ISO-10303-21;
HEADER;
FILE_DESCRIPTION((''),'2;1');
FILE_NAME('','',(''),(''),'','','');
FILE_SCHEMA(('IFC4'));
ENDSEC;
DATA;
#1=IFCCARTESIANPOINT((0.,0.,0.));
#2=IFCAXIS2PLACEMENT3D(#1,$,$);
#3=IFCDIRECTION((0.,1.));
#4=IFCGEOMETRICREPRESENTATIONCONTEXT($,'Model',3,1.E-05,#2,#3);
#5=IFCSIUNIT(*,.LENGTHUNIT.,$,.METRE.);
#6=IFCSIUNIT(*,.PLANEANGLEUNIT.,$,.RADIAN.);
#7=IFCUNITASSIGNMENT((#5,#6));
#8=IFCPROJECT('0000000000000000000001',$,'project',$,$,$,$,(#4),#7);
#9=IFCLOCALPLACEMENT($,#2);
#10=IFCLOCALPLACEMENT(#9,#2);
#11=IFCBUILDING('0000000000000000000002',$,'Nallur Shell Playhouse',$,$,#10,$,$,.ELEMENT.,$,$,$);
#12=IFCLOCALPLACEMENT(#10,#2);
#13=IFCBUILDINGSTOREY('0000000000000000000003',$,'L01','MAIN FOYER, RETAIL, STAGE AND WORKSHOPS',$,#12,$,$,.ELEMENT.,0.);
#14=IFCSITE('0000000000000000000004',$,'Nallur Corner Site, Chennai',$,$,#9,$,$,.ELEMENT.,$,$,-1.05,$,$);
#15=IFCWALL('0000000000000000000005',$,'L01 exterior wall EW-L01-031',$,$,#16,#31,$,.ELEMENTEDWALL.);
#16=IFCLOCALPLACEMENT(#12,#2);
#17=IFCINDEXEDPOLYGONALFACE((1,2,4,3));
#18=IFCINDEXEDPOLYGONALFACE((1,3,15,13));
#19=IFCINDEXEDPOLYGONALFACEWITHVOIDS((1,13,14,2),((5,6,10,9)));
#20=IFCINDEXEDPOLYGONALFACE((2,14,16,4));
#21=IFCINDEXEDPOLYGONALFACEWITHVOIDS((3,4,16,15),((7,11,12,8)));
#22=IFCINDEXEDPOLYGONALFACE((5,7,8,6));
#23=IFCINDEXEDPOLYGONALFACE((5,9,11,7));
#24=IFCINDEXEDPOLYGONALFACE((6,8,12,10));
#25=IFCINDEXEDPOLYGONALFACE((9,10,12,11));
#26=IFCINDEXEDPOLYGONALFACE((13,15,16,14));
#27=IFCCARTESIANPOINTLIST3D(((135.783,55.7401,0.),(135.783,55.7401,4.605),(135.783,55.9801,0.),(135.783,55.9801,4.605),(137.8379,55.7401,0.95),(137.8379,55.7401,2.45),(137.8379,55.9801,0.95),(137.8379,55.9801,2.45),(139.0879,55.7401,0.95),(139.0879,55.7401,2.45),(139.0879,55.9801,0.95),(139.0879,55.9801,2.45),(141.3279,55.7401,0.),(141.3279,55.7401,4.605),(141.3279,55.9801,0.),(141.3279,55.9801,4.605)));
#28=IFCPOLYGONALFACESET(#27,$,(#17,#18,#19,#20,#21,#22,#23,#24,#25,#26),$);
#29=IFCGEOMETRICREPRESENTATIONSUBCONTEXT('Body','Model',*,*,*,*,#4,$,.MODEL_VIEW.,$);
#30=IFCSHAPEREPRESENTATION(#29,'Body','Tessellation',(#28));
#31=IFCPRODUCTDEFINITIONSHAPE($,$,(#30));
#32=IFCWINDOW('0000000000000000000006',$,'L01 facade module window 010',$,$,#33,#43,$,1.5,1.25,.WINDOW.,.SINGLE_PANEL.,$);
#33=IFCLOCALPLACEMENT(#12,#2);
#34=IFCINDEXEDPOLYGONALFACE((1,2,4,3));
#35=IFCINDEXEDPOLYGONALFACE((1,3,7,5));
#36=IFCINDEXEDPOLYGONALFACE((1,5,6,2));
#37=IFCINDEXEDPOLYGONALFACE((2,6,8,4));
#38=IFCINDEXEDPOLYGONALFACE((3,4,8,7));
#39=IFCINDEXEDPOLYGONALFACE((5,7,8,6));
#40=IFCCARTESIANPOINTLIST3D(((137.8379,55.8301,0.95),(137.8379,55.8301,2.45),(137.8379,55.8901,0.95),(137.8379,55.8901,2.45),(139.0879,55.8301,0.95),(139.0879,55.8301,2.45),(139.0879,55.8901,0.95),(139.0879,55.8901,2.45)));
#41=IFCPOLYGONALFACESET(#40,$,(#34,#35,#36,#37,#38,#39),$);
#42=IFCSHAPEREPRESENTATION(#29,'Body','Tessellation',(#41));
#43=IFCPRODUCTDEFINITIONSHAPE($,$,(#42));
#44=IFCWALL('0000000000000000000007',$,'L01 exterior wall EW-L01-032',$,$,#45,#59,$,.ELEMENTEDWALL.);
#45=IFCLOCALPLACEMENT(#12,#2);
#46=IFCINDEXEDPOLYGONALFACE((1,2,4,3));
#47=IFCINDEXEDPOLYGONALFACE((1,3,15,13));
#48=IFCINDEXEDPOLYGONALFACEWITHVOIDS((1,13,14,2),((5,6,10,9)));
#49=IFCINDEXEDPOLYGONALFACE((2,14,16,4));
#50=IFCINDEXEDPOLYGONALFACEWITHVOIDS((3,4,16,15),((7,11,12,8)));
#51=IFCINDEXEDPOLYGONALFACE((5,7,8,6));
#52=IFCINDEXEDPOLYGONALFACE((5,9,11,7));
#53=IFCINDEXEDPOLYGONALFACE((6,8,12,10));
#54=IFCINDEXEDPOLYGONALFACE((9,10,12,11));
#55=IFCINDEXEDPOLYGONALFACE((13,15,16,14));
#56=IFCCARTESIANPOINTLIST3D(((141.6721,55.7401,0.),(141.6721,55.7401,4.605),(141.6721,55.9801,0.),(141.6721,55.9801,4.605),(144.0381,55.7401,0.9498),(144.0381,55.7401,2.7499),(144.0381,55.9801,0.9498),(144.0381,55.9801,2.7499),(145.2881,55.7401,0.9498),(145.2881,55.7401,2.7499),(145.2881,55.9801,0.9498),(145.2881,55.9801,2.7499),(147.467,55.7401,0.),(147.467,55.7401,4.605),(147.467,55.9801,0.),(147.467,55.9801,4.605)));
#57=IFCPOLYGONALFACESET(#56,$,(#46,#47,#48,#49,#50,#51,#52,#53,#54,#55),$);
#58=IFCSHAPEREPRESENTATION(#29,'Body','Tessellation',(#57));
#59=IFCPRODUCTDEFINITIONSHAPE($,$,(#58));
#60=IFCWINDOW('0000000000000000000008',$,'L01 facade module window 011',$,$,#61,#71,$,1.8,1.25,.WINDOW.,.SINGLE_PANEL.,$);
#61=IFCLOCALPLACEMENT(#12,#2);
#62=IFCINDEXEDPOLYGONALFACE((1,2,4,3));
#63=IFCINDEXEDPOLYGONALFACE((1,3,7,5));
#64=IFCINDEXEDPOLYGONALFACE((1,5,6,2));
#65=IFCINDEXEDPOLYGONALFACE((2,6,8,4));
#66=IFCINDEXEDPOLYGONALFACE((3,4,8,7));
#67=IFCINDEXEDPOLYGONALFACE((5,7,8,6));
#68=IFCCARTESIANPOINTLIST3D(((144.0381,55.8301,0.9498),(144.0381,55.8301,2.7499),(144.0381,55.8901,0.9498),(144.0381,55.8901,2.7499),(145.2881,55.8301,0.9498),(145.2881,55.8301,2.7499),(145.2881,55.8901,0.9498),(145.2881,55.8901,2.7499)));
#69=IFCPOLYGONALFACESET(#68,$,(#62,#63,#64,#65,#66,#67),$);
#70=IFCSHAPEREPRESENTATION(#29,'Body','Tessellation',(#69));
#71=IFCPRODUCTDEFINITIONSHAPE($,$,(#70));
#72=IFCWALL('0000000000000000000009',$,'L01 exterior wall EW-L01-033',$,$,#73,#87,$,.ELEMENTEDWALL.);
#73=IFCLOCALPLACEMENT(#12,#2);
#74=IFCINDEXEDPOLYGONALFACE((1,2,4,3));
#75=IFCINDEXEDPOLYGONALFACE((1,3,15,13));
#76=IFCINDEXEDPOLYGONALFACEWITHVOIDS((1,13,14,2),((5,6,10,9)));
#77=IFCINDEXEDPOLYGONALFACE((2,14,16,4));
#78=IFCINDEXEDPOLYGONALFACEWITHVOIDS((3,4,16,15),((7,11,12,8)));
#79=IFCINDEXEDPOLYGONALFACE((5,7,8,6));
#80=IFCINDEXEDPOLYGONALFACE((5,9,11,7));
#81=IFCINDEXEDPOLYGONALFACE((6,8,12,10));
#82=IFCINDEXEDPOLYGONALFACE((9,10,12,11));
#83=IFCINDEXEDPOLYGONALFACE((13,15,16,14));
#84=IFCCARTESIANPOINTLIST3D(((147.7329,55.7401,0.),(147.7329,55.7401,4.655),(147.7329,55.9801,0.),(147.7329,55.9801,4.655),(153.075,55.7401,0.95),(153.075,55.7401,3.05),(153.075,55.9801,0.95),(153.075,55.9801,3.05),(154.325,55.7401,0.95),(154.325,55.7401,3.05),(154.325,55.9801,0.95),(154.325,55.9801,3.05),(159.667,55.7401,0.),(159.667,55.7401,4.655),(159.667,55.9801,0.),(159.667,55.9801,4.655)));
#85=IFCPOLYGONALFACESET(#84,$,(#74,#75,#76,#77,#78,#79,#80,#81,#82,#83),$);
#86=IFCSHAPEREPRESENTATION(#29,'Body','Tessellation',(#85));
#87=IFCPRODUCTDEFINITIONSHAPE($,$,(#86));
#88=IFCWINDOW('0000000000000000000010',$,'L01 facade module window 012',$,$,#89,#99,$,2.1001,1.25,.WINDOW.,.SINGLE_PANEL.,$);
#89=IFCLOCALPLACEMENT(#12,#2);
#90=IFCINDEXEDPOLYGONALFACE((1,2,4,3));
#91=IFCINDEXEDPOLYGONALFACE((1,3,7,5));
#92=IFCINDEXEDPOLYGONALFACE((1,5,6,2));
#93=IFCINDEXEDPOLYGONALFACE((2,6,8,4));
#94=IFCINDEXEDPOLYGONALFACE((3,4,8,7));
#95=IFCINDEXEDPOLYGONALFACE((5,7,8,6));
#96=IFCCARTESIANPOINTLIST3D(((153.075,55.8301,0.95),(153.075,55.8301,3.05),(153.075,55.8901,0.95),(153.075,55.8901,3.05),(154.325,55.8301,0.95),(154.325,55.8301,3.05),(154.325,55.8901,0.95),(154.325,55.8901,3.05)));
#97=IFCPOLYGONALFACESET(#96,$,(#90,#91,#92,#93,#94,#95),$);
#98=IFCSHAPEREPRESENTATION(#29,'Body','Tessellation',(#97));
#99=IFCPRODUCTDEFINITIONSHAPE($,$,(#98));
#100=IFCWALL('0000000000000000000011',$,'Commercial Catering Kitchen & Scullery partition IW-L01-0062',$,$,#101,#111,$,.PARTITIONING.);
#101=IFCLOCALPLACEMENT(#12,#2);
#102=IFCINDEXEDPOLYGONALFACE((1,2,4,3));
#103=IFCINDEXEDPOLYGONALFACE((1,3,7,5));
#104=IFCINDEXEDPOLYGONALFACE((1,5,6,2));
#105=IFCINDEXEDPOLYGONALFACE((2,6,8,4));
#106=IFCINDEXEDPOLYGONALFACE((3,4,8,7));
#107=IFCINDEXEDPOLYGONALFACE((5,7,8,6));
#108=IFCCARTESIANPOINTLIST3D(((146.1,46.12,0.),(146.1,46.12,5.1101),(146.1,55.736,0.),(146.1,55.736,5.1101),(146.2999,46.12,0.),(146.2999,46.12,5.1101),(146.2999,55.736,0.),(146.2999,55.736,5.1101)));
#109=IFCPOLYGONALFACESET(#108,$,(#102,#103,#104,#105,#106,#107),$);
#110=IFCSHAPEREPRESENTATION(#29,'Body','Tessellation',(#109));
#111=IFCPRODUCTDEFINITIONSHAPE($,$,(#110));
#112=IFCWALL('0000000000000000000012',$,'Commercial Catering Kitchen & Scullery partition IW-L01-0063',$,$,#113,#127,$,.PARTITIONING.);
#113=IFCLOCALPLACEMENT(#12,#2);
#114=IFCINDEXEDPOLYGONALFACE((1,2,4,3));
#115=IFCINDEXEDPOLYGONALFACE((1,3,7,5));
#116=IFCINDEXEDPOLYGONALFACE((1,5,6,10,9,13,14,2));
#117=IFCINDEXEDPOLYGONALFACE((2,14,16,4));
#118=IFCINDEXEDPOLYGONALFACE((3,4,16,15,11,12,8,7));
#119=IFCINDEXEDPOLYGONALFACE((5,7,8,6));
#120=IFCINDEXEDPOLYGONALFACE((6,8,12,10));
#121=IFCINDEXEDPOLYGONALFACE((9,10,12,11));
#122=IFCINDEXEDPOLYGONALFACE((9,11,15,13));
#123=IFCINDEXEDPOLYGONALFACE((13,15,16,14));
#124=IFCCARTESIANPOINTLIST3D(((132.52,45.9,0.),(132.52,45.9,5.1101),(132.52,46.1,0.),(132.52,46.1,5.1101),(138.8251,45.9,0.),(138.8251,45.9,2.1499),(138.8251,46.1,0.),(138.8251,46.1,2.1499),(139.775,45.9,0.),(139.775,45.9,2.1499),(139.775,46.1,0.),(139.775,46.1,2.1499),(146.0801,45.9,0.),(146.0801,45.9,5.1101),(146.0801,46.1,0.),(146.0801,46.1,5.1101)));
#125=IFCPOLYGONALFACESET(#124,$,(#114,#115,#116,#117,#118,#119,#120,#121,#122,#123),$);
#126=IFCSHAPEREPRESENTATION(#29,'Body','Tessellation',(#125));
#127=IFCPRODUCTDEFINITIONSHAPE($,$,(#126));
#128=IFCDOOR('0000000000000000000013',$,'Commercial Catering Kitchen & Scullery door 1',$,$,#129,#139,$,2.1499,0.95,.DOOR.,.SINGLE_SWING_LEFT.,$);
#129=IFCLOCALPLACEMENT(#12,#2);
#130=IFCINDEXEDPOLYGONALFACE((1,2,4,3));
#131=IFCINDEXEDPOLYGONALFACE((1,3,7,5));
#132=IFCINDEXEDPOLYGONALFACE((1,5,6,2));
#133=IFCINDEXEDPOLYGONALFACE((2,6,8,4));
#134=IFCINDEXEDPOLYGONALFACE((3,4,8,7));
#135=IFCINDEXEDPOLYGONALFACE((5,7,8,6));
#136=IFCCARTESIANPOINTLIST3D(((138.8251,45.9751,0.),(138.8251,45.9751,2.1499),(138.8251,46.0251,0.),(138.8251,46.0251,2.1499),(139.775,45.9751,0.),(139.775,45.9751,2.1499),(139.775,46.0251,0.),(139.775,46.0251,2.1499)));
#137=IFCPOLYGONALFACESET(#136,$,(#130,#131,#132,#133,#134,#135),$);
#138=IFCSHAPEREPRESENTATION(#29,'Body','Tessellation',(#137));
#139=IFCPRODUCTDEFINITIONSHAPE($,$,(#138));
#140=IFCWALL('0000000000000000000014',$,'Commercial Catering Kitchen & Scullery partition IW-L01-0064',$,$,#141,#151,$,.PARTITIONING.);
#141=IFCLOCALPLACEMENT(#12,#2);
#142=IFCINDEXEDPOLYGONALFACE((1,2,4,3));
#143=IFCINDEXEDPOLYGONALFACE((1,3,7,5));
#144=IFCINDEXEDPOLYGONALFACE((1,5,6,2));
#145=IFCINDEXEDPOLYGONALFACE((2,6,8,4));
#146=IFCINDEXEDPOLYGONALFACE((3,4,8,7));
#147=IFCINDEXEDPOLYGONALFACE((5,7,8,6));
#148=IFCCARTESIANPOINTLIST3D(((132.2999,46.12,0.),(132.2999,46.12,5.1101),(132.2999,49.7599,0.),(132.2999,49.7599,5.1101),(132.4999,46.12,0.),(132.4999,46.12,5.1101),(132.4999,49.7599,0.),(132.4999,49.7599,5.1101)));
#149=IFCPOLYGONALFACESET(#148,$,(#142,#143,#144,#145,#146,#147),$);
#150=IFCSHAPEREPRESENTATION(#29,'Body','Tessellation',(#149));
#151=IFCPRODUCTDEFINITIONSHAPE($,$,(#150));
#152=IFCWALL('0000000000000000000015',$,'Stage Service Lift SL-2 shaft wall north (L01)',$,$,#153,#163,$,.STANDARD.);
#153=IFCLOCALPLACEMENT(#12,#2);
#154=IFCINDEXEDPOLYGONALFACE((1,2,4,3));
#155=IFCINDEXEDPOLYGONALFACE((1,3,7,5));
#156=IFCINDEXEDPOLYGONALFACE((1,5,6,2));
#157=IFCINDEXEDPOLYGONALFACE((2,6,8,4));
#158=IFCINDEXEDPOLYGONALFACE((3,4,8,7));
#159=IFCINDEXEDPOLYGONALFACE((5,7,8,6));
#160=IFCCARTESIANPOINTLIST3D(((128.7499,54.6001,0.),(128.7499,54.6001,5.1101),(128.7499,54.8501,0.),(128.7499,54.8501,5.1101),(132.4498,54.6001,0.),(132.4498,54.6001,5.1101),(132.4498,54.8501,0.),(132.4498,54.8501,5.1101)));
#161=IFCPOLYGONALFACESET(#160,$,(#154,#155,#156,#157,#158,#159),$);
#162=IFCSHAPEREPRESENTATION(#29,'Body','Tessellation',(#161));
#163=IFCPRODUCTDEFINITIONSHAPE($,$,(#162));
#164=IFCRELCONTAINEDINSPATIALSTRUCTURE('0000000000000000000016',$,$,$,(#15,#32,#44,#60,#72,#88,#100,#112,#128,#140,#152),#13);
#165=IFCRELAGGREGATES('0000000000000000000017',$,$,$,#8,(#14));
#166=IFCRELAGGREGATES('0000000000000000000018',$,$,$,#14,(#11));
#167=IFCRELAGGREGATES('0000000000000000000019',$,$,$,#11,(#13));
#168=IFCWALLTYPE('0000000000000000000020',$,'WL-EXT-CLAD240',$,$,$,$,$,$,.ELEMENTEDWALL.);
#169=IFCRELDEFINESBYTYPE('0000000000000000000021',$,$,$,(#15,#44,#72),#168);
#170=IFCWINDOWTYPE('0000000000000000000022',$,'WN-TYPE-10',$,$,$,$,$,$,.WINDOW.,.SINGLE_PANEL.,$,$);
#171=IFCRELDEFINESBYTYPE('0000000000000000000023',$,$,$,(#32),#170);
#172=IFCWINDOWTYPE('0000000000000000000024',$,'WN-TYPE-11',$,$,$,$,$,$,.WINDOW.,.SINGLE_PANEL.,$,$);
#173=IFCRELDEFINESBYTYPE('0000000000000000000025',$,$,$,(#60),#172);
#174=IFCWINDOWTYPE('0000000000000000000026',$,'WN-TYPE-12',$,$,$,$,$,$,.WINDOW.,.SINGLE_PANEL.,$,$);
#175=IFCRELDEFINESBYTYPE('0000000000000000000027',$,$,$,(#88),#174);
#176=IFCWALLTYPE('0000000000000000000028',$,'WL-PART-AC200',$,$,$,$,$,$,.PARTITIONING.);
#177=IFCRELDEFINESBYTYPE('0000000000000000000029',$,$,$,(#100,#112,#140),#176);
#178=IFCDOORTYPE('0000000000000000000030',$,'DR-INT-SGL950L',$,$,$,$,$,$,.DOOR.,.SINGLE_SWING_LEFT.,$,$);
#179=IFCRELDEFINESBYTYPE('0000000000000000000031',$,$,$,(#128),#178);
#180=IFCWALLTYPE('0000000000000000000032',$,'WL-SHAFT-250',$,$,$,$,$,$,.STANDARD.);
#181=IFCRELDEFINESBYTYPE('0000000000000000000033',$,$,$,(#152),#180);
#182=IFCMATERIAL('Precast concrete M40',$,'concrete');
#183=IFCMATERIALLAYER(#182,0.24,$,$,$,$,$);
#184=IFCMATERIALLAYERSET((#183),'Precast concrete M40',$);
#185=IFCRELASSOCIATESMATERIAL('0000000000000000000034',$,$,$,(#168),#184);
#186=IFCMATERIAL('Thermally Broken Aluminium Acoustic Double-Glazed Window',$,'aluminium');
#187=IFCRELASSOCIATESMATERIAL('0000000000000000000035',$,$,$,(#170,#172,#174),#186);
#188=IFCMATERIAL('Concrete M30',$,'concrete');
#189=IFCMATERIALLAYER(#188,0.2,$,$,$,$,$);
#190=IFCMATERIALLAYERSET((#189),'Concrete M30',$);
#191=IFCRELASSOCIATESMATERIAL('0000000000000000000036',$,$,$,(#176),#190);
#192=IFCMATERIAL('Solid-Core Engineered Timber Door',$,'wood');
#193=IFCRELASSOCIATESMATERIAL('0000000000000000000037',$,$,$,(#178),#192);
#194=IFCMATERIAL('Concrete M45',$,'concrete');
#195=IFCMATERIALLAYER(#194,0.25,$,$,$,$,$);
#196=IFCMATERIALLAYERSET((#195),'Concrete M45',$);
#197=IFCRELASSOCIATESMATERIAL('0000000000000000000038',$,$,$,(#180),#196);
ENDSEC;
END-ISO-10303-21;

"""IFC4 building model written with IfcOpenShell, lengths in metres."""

from ifc_helpers import new_model, si_unit, direction, frame, frame_2d, origin, place, context, subcontext, project, spatial, rectangle, extrude, material, layer, layer_set, type_object, element, fill, save


model = new_model("IFC4")

# Units and contexts
model_context = context("Model", 3, precision=1e-05, world=origin(), true_north=direction((0.0, 1.0)))
body_context = subcontext(model_context, "Body", "Model", "MODEL_VIEW")
ifc_project = project(units=[si_unit("LENGTHUNIT", "METRE"), si_unit("PLANEANGLEUNIT", "RADIAN")], contexts=[model_context])

# Site, building, storey
site_placement = place(None, origin())
site = spatial("IfcSite", under=ifc_project, at=site_placement, Name="Nallur Corner Site, Chennai", CompositionType="ELEMENT", RefElevation=-1.05)
building_placement = place(site_placement, origin())
building = spatial("IfcBuilding", under=site, at=building_placement, Name="Nallur Shell Playhouse", CompositionType="ELEMENT")
storey_placement = place(building_placement, origin())
storey = spatial("IfcBuildingStorey", under=building, at=storey_placement, Name="L01", Description="MAIN FOYER, RETAIL, STAGE AND WORKSHOPS", CompositionType="ELEMENT", Elevation=0.0)

# Shared definitions
ifc_material_1 = material(Name="Concrete M45", Category="concrete")

# Walls, openings, windows
ifc_material_2 = material(Name="Precast concrete M40", Category="concrete")
ifc_layer_1 = layer(ifc_material_2, 0.24)
ifc_layer_set_1 = layer_set([ifc_layer_1], Name="Precast concrete M40")
wall_type_1 = type_object("IfcWallType", Name="WL-EXT-CLAD240", PredefinedType="ELEMENTEDWALL", material=ifc_layer_set_1)
wall_1_placement = place(storey_placement, frame((135.783, 55.8601, 0.0), z_axis=(0.0, 0.0, 1.0), x_axis=(1.0, 0.0, 0.0)))
wall_1 = element("IfcWall", 1, at=wall_1_placement, inside=storey, type_object=wall_type_1, Name="L01 exterior wall EW-L01-031", PredefinedType="ELEMENTEDWALL", context=body_context, shape_type="SweptSolid", body=[
    extrude(rectangle(XDim=5.5449, YDim=0.24, at=frame_2d((2.7725, 0.0))), origin(), (0.0, 0.0, 1.0), 4.605),
])
opening_1_placement = place(wall_1_placement, frame((2.0549, 0.0, 0.95)))
opening_1 = element("IfcOpeningElement", 2, at=opening_1_placement, cuts=wall_1, PredefinedType="OPENING", context=body_context, shape_type="SweptSolid", body=[
    extrude(rectangle(XDim=1.25, YDim=1.5, at=frame_2d((0.625, 0.75))), frame((0.0, 0.1299, 0.0), z_axis=(0.0, -1.0, 0.0), x_axis=(1.0, 0.0, 0.0)), (0.0, 0.0, 1.0), 0.26),
])
ifc_material_3 = material(Name="Thermally Broken Aluminium Acoustic Double-Glazed Window", Category="aluminium")
window_type_1 = type_object("IfcWindowType", Name="WN-TYPE-10", PartitioningType="SINGLE_PANEL", PredefinedType="WINDOW", material=ifc_material_3)
window_1_placement = place(opening_1_placement, origin())
window_1 = element("IfcWindow", 3, at=window_1_placement, inside=storey, type_object=window_type_1, Name="L01 facade module window 010", OverallHeight=1.5, OverallWidth=1.25, PartitioningType="SINGLE_PANEL", PredefinedType="WINDOW", context=body_context, shape_type="SweptSolid", body=[
    extrude(rectangle(XDim=1.25, YDim=1.5, at=frame_2d((0.625, 0.75))), frame((0.0, 0.03, 0.0), z_axis=(0.0, -1.0, 0.0), x_axis=(1.0, 0.0, 0.0)), (0.0, 0.0, 1.0), 0.0601),
])
fill(opening_1, window_1)
wall_2_placement = place(storey_placement, frame((141.6721, 55.8601, 0.0), z_axis=(0.0, 0.0, 1.0), x_axis=(1.0, 0.0, 0.0)))
wall_2 = element("IfcWall", 4, at=wall_2_placement, inside=storey, type_object=wall_type_1, Name="L01 exterior wall EW-L01-032", PredefinedType="ELEMENTEDWALL", context=body_context, shape_type="SweptSolid", body=[
    extrude(rectangle(XDim=5.7949, YDim=0.24, at=frame_2d((2.8975, 0.0))), origin(), (0.0, 0.0, 1.0), 4.605),
])
opening_2_placement = place(wall_2_placement, frame((2.366, 0.0, 0.95)))
opening_2 = element("IfcOpeningElement", 5, at=opening_2_placement, cuts=wall_2, PredefinedType="OPENING", context=body_context, shape_type="SweptSolid", body=[
    extrude(rectangle(XDim=1.25, YDim=1.8, at=frame_2d((0.625, 0.8999))), frame((0.0, 0.1299, 0.0), z_axis=(0.0, -1.0, 0.0), x_axis=(1.0, 0.0, 0.0)), (0.0, 0.0, 1.0), 0.26),
])
window_type_2 = type_object("IfcWindowType", Name="WN-TYPE-11", PartitioningType="SINGLE_PANEL", PredefinedType="WINDOW", material=ifc_material_3)
window_2_placement = place(opening_2_placement, origin())
window_2 = element("IfcWindow", 6, at=window_2_placement, inside=storey, type_object=window_type_2, Name="L01 facade module window 011", OverallHeight=1.8, OverallWidth=1.25, PartitioningType="SINGLE_PANEL", PredefinedType="WINDOW", context=body_context, shape_type="SweptSolid", body=[
    extrude(rectangle(XDim=1.25, YDim=1.8, at=frame_2d((0.625, 0.8999))), frame((0.0, 0.03, 0.0), z_axis=(0.0, -1.0, 0.0), x_axis=(1.0, 0.0, 0.0)), (0.0, 0.0, 1.0), 0.0601),
])
fill(opening_2, window_2)
wall_3_placement = place(storey_placement, frame((147.7329, 55.8601, 0.0), z_axis=(0.0, 0.0, 1.0), x_axis=(1.0, 0.0, 0.0)))
wall_3 = element("IfcWall", 7, at=wall_3_placement, inside=storey, type_object=wall_type_1, Name="L01 exterior wall EW-L01-033", PredefinedType="ELEMENTEDWALL", context=body_context, shape_type="SweptSolid", body=[
    extrude(rectangle(XDim=11.9341, YDim=0.24, at=frame_2d((5.967, 0.0))), origin(), (0.0, 0.0, 1.0), 4.655),
])
opening_3_placement = place(wall_3_placement, frame((5.342, 0.0, 0.95)))
opening_3 = element("IfcOpeningElement", 8, at=opening_3_placement, cuts=wall_3, PredefinedType="OPENING", context=body_context, shape_type="SweptSolid", body=[
    extrude(rectangle(XDim=1.25, YDim=2.1001, at=frame_2d((0.625, 1.05))), frame((0.0, 0.1299, 0.0), z_axis=(0.0, -1.0, 0.0), x_axis=(1.0, 0.0, 0.0)), (0.0, 0.0, 1.0), 0.26),
])
window_type_3 = type_object("IfcWindowType", Name="WN-TYPE-12", PartitioningType="SINGLE_PANEL", PredefinedType="WINDOW", material=ifc_material_3)
window_3_placement = place(opening_3_placement, origin())
window_3 = element("IfcWindow", 9, at=window_3_placement, inside=storey, type_object=window_type_3, Name="L01 facade module window 012", OverallHeight=2.1001, OverallWidth=1.25, PartitioningType="SINGLE_PANEL", PredefinedType="WINDOW", context=body_context, shape_type="SweptSolid", body=[
    extrude(rectangle(XDim=1.25, YDim=2.1001, at=frame_2d((0.625, 1.05))), frame((0.0, 0.03, 0.0), z_axis=(0.0, -1.0, 0.0), x_axis=(1.0, 0.0, 0.0)), (0.0, 0.0, 1.0), 0.0601),
])
fill(opening_3, window_3)

# Wall
ifc_material_4 = material(Name="Concrete M30", Category="concrete")
ifc_layer_2 = layer(ifc_material_4, 0.2)
ifc_layer_set_2 = layer_set([ifc_layer_2], Name="Concrete M30")
wall_type_2 = type_object("IfcWallType", Name="WL-PART-AC200", PredefinedType="PARTITIONING", material=ifc_layer_set_2)
wall_4_placement = place(storey_placement, frame((146.2, 55.7361, 0.0), z_axis=(0.0, 0.0, 1.0), x_axis=(0.0, -1.0, 0.0)))
element("IfcWall", 10, at=wall_4_placement, inside=storey, type_object=wall_type_2, Name="Commercial Catering Kitchen & Scullery partition IW-L01-0062", PredefinedType="PARTITIONING", context=body_context, shape_type="SweptSolid", body=[
    extrude(rectangle(XDim=9.616, YDim=0.2, at=frame_2d((4.8081, 0.0))), origin(), (0.0, 0.0, 1.0), 5.1101),
])

# Wall, opening, door
wall_5_placement = place(storey_placement, frame((146.0801, 46.0, 0.0), z_axis=(0.0, 0.0, 1.0), x_axis=(-1.0, 0.0, 0.0)))
wall_5 = element("IfcWall", 11, at=wall_5_placement, inside=storey, type_object=wall_type_2, Name="Commercial Catering Kitchen & Scullery partition IW-L01-0063", PredefinedType="PARTITIONING", context=body_context, shape_type="SweptSolid", body=[
    extrude(rectangle(XDim=13.5601, YDim=0.2, at=frame_2d((6.78, 0.0))), origin(), (0.0, 0.0, 1.0), 5.1101),
])
opening_4_placement = place(wall_5_placement, frame((6.3049, 0.0, 0.0)))
opening_4 = element("IfcOpeningElement", 12, at=opening_4_placement, cuts=wall_5, PredefinedType="OPENING", context=body_context, shape_type="SweptSolid", body=[
    extrude(rectangle(XDim=0.95, YDim=2.1499, at=frame_2d((0.4751, 1.075))), frame((0.0, 0.1099, 0.0), z_axis=(0.0, -1.0, 0.0), x_axis=(1.0, 0.0, 0.0)), (0.0, 0.0, 1.0), 0.22),
])
ifc_material_5 = material(Name="Solid-Core Engineered Timber Door", Category="wood")
door_type_1 = type_object("IfcDoorType", Name="DR-INT-SGL950L", OperationType="SINGLE_SWING_LEFT", PredefinedType="DOOR", material=ifc_material_5)
door_1_placement = place(opening_4_placement, origin())
door_1 = element("IfcDoor", 13, at=door_1_placement, inside=storey, type_object=door_type_1, Name="Commercial Catering Kitchen & Scullery door 1", OperationType="SINGLE_SWING_LEFT", OverallHeight=2.1499, OverallWidth=0.95, PredefinedType="DOOR", context=body_context, shape_type="SweptSolid", body=[
    extrude(rectangle(XDim=0.95, YDim=2.1499, at=frame_2d((0.4751, 1.075))), frame((0.0, 0.0249, 0.0), z_axis=(0.0, -1.0, 0.0), x_axis=(1.0, 0.0, 0.0)), (0.0, 0.0, 1.0), 0.05),
])
fill(opening_4, door_1)

# Walls
wall_6_placement = place(storey_placement, frame((132.3999, 46.1201, 0.0), z_axis=(0.0, 0.0, 1.0), x_axis=(0.0, 1.0, 0.0)))
element("IfcWall", 14, at=wall_6_placement, inside=storey, type_object=wall_type_2, Name="Commercial Catering Kitchen & Scullery partition IW-L01-0064", PredefinedType="PARTITIONING", context=body_context, shape_type="SweptSolid", body=[
    extrude(rectangle(XDim=3.6399, YDim=0.2, at=frame_2d((1.8198, 0.0))), origin(), (0.0, 0.0, 1.0), 5.1101),
])
ifc_layer_3 = layer(ifc_material_1, 0.25)
ifc_layer_set_3 = layer_set([ifc_layer_3], Name="Concrete M45")
wall_type_3 = type_object("IfcWallType", Name="WL-SHAFT-250", PredefinedType="STANDARD", material=ifc_layer_set_3)
wall_7_placement = place(storey_placement, frame((132.45, 54.7251, 0.0), z_axis=(0.0, 0.0, 1.0), x_axis=(-1.0, 0.0, 0.0)))
element("IfcWall", 15, at=wall_7_placement, inside=storey, type_object=wall_type_3, Name="Stage Service Lift SL-2 shaft wall north (L01)", PredefinedType="STANDARD", context=body_context, shape_type="SweptSolid", body=[
    extrude(rectangle(XDim=3.7, YDim=0.25, at=frame_2d((1.8501, 0.0))), origin(), (0.0, 0.0, 1.0), 5.1101),
])

save(model, "model.ifc")
